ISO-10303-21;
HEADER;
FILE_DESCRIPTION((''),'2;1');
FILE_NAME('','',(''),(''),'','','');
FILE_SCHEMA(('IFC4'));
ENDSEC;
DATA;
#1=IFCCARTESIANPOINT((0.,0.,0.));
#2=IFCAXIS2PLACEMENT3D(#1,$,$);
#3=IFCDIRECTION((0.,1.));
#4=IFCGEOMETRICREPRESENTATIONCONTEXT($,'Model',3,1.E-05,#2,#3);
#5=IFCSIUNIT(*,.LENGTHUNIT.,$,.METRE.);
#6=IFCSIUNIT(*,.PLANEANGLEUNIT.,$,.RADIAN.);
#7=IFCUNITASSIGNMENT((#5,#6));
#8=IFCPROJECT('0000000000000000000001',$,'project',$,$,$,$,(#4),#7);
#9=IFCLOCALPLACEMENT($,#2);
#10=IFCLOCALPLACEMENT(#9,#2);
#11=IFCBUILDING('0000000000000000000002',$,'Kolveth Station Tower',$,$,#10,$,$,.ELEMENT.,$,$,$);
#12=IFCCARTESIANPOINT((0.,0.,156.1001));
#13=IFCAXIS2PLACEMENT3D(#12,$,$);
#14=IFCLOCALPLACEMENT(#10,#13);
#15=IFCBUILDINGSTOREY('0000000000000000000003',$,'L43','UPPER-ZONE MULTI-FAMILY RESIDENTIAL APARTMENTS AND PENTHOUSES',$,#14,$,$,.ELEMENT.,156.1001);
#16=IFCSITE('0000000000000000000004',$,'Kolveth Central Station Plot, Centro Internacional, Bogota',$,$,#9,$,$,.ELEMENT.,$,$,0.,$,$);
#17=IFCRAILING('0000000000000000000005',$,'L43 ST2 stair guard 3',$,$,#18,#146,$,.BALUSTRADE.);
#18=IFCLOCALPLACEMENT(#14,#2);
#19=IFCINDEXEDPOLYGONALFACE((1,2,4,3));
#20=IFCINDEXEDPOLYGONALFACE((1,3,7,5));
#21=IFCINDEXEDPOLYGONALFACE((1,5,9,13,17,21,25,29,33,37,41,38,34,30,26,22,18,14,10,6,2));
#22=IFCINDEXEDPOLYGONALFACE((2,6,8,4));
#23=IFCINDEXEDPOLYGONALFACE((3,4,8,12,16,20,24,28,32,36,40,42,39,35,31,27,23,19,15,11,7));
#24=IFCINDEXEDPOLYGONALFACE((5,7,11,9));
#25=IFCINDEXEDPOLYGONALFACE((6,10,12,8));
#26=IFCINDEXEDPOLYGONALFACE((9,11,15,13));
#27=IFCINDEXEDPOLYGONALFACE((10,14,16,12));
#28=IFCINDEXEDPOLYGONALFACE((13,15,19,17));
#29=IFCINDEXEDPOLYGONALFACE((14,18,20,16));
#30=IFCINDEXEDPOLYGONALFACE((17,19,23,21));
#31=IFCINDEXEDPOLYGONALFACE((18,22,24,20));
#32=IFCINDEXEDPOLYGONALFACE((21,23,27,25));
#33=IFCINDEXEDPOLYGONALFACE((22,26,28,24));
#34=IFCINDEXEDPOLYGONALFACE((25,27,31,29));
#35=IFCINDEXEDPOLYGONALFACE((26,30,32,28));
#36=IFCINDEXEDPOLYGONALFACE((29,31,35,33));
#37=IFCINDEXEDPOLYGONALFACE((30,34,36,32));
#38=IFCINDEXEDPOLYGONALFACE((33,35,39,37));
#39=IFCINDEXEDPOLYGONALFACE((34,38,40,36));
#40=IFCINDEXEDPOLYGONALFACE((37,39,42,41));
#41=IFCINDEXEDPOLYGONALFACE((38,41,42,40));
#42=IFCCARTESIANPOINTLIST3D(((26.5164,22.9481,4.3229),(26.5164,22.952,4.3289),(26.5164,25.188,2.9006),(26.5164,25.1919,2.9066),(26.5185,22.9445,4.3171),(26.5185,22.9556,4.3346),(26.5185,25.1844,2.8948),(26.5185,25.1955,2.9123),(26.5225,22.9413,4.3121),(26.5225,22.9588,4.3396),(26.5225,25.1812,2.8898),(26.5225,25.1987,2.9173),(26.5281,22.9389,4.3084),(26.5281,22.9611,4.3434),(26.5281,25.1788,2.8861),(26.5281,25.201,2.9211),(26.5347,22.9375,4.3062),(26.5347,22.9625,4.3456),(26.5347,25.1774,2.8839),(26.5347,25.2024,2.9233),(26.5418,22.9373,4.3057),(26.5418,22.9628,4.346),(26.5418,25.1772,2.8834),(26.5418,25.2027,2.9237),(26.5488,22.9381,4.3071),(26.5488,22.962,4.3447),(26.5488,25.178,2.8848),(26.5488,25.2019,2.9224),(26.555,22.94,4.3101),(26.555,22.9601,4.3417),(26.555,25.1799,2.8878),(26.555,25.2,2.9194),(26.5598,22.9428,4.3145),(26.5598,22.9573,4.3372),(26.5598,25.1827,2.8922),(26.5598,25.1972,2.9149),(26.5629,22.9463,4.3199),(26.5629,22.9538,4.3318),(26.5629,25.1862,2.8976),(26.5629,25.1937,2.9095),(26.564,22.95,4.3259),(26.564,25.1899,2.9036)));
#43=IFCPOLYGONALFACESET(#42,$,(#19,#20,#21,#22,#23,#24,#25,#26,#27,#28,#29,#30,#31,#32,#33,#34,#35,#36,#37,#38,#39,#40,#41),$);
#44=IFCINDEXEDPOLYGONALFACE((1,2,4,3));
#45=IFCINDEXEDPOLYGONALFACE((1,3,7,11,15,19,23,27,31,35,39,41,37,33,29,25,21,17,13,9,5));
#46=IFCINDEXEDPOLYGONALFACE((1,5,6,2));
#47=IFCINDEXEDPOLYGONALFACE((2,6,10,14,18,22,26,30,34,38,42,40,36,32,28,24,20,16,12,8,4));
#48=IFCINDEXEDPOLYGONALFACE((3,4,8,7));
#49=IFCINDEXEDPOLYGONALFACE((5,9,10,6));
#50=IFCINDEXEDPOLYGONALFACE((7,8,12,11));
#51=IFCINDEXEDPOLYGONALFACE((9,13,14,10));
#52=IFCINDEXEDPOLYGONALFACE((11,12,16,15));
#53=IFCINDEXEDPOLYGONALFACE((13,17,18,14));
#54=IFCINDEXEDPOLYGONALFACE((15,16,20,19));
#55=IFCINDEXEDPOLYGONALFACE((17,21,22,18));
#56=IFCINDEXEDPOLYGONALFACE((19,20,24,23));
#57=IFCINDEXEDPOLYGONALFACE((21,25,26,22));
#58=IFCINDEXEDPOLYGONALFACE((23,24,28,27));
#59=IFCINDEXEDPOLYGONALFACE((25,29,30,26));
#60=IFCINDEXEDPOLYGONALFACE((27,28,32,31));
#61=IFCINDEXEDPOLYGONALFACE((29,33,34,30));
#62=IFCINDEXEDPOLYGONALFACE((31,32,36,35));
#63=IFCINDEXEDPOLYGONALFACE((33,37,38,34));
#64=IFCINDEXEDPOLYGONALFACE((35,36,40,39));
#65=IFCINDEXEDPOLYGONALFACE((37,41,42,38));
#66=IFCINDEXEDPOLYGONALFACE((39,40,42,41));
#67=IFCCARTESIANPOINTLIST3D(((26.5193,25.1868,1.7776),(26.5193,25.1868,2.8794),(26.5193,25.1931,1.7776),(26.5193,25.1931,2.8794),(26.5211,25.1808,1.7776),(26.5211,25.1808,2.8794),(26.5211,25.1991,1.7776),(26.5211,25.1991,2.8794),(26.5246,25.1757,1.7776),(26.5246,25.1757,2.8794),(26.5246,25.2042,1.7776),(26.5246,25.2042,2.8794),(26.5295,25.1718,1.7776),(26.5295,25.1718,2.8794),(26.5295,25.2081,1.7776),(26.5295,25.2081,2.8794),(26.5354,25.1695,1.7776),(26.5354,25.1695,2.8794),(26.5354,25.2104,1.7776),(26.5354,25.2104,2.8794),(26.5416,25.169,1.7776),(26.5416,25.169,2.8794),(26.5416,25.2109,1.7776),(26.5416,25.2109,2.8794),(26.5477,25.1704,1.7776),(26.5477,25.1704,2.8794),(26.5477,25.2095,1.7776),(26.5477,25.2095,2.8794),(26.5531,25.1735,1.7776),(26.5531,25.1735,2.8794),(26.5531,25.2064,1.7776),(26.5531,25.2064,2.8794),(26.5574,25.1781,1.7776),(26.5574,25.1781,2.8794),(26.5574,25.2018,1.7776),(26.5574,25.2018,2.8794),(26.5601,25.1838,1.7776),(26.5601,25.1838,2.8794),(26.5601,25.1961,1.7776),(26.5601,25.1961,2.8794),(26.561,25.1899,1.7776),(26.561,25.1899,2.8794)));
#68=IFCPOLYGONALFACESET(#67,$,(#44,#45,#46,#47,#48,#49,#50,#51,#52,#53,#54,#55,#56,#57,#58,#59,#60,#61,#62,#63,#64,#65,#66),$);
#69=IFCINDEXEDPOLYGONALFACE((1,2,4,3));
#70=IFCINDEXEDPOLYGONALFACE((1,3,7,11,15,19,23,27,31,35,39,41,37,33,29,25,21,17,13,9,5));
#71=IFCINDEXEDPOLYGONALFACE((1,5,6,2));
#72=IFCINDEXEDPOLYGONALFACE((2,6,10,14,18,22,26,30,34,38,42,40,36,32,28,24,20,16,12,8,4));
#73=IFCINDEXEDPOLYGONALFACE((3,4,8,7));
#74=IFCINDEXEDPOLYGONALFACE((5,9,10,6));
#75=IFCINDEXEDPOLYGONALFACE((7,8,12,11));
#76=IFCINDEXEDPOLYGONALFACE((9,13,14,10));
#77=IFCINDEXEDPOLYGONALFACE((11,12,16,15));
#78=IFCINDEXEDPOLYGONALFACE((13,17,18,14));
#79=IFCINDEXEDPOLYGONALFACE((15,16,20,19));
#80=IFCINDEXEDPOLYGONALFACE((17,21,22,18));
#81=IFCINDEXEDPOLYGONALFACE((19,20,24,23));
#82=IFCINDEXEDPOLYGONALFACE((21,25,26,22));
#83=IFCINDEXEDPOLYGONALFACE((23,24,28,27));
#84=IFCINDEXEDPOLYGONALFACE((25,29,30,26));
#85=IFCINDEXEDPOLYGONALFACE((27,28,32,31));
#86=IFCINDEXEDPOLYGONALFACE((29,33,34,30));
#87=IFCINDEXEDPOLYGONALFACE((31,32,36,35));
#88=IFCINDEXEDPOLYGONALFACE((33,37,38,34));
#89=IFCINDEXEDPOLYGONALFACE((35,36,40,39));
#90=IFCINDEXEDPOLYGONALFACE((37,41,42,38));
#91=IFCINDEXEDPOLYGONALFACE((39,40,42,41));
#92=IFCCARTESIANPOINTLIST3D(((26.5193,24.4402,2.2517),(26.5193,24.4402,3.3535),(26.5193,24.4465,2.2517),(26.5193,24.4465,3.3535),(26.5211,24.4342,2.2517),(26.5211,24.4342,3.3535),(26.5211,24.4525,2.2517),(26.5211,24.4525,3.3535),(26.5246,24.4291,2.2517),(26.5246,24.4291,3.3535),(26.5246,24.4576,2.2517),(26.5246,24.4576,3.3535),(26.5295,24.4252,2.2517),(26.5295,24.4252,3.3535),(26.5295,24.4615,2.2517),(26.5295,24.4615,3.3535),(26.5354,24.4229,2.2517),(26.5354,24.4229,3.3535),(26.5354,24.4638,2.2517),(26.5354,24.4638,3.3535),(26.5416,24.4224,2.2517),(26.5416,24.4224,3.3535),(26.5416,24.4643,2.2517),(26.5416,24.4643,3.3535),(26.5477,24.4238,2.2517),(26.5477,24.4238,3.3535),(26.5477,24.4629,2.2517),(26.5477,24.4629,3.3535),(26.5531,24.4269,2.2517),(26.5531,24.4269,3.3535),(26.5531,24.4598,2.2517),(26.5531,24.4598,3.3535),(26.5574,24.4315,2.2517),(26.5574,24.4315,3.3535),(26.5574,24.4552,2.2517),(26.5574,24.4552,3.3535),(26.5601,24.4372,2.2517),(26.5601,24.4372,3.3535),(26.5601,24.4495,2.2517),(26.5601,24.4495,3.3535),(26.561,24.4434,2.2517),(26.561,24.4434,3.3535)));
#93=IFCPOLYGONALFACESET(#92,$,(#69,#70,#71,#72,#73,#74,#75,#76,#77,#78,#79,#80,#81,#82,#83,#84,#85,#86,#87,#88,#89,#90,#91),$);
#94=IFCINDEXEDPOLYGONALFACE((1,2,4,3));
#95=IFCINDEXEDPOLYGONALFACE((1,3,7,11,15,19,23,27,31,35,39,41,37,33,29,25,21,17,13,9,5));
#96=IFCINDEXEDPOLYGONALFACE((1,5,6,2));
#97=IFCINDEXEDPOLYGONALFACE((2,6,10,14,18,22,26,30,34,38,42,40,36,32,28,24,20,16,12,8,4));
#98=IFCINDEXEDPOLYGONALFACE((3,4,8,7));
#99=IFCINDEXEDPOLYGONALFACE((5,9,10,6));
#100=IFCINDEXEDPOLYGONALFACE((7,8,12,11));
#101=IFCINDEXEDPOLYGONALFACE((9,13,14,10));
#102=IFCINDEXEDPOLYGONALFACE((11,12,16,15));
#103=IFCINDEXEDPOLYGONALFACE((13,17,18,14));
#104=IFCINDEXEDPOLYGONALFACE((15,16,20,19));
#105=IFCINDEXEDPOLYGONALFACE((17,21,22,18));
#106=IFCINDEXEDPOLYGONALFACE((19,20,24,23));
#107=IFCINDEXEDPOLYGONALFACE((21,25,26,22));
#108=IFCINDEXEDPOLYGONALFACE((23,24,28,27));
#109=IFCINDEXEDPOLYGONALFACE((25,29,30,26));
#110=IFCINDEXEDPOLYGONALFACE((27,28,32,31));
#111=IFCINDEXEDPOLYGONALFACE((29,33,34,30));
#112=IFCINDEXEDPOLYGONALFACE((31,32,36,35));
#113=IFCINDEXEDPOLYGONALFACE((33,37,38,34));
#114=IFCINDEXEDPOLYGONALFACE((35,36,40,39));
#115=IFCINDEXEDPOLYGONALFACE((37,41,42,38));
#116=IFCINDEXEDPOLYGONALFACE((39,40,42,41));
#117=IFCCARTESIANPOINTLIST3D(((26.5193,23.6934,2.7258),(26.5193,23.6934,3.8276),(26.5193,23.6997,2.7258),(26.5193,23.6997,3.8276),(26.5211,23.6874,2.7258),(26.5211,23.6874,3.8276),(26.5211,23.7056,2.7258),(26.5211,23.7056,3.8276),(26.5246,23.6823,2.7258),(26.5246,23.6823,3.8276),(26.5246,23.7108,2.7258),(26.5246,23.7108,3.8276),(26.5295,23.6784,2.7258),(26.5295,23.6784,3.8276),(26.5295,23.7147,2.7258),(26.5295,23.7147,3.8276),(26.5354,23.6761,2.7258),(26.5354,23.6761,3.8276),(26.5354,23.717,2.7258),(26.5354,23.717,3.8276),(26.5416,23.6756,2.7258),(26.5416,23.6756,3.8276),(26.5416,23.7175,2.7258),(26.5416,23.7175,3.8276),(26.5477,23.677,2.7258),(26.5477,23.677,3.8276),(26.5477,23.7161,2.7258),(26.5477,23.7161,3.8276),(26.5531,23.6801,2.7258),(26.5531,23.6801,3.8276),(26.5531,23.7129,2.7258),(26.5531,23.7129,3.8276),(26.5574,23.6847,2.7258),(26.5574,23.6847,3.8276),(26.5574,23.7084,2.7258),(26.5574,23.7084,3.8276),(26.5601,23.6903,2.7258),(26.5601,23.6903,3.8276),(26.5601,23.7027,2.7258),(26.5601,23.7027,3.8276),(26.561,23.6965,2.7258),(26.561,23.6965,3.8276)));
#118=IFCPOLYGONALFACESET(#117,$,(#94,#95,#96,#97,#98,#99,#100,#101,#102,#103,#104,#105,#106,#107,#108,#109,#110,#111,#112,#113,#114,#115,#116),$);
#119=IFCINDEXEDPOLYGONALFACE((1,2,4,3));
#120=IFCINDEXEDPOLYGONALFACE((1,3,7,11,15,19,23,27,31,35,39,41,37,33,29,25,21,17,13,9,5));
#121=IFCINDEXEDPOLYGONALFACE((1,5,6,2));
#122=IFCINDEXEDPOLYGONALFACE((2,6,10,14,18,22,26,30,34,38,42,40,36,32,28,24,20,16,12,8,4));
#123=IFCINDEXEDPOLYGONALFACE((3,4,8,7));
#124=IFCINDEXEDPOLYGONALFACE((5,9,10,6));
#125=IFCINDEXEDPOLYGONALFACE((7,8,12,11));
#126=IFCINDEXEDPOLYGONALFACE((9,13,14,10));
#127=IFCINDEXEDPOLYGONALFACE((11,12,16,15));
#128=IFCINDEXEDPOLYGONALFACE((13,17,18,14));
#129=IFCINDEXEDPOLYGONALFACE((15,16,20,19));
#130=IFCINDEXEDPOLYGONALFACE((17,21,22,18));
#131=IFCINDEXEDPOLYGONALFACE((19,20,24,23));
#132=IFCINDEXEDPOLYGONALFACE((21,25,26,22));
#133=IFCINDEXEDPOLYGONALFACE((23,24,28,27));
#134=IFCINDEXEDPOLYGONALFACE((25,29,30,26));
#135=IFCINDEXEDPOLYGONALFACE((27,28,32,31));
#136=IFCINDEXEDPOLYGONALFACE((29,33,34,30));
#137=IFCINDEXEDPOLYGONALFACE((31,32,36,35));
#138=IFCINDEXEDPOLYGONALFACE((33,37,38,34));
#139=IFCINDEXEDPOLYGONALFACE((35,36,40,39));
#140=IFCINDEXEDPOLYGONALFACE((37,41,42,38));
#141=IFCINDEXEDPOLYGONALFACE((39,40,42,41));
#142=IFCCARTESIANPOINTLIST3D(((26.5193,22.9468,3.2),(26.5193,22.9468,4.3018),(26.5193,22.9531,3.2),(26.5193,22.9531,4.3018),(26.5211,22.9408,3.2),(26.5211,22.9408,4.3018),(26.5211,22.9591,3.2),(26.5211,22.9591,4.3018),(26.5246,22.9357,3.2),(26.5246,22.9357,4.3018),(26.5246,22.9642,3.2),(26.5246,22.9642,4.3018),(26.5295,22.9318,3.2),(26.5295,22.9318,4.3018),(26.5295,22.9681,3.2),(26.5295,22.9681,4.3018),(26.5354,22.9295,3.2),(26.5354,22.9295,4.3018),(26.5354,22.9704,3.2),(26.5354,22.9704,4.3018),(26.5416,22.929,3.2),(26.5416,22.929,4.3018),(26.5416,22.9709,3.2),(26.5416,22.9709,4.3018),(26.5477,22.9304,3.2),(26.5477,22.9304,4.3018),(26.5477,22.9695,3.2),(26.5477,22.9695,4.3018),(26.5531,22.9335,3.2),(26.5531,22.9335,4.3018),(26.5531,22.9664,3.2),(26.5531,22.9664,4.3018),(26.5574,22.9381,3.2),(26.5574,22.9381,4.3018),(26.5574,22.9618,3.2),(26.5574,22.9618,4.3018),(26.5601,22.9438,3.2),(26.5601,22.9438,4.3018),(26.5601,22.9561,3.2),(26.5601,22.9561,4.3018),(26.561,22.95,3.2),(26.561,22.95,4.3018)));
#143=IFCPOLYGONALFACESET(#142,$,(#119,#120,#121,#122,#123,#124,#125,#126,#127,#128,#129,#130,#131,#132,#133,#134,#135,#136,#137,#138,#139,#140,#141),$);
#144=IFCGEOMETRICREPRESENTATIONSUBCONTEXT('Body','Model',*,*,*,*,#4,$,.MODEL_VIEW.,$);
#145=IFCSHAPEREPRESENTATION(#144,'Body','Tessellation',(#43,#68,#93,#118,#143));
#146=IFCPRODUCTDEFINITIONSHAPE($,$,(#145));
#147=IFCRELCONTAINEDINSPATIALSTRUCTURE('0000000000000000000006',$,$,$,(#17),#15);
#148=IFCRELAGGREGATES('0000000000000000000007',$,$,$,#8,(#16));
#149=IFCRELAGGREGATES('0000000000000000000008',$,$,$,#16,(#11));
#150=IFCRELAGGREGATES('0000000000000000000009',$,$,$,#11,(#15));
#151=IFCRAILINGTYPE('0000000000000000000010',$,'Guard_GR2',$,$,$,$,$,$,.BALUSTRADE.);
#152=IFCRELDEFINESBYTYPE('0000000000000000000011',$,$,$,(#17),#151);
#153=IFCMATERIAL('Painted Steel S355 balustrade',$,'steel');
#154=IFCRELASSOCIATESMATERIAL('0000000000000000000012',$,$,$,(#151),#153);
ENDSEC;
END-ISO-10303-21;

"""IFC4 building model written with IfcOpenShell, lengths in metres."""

from ifc_helpers import new_model, si_unit, direction, frame, origin, origin_2d, place, context, subcontext, project, spatial, circle, extrude, material, type_object, element, save


model = new_model("IFC4")

# Units and contexts
model_context = context("Model", 3, precision=1e-05, world=origin(), true_north=direction((0.0, 1.0)))
body_context = subcontext(model_context, "Body", "Model", "MODEL_VIEW")
ifc_project = project(units=[si_unit("LENGTHUNIT", "METRE"), si_unit("PLANEANGLEUNIT", "RADIAN")], contexts=[model_context])

# Site, building, storey
site_placement = place(None, origin())
site = spatial("IfcSite", under=ifc_project, at=site_placement, Name="Kolveth Central Station Plot, Centro Internacional, Bogota", CompositionType="ELEMENT", RefElevation=0.0)
building_placement = place(site_placement, origin())
building = spatial("IfcBuilding", under=site, at=building_placement, Name="Kolveth Station Tower", CompositionType="ELEMENT")
storey_placement = place(building_placement, frame((0.0, 0.0, 156.1001)))
storey = spatial("IfcBuildingStorey", under=building, at=storey_placement, Name="L43", Description="UPPER-ZONE MULTI-FAMILY RESIDENTIAL APARTMENTS AND PENTHOUSES", CompositionType="ELEMENT", Elevation=156.1001)

# Railing
ifc_material_1 = material(Name="Painted Steel S355 balustrade", Category="steel")
railing_type_1 = type_object("IfcRailingType", Name="Guard_GR2", PredefinedType="BALUSTRADE", material=ifc_material_1)
railing_1_placement = place(storey_placement, frame((26.54, 25.1899, 1.7776)))
element("IfcRailing", 1, at=railing_1_placement, inside=storey, type_object=railing_type_1, Name="L43 ST2 stair guard 3", PredefinedType="BALUSTRADE", context=body_context, shape_type="SweptSolid", body=[
    extrude(circle(Radius=0.0239, at=origin_2d()), frame((0.0, 0.0, 1.126), z_axis=(0.0, -0.844188, 0.536048), x_axis=(1.0, 0.0, 0.0)), (0.0, 0.0, 1.0), 2.6533),
    extrude(circle(Radius=0.021, at=origin_2d()), origin(), (0.0, 0.0, 1.0), 1.1018),
    extrude(circle(Radius=0.021, at=origin_2d()), frame((0.0, -0.7466, 0.4741)), (0.0, 0.0, 1.0), 1.1018),
    extrude(circle(Radius=0.021, at=origin_2d()), frame((0.0, -1.4934, 0.9482)), (0.0, 0.0, 1.0), 1.1018),
    extrude(circle(Radius=0.021, at=origin_2d()), frame((0.0, -2.24, 1.4224)), (0.0, 0.0, 1.0), 1.1018),
])

save(model, "model.ifc")
